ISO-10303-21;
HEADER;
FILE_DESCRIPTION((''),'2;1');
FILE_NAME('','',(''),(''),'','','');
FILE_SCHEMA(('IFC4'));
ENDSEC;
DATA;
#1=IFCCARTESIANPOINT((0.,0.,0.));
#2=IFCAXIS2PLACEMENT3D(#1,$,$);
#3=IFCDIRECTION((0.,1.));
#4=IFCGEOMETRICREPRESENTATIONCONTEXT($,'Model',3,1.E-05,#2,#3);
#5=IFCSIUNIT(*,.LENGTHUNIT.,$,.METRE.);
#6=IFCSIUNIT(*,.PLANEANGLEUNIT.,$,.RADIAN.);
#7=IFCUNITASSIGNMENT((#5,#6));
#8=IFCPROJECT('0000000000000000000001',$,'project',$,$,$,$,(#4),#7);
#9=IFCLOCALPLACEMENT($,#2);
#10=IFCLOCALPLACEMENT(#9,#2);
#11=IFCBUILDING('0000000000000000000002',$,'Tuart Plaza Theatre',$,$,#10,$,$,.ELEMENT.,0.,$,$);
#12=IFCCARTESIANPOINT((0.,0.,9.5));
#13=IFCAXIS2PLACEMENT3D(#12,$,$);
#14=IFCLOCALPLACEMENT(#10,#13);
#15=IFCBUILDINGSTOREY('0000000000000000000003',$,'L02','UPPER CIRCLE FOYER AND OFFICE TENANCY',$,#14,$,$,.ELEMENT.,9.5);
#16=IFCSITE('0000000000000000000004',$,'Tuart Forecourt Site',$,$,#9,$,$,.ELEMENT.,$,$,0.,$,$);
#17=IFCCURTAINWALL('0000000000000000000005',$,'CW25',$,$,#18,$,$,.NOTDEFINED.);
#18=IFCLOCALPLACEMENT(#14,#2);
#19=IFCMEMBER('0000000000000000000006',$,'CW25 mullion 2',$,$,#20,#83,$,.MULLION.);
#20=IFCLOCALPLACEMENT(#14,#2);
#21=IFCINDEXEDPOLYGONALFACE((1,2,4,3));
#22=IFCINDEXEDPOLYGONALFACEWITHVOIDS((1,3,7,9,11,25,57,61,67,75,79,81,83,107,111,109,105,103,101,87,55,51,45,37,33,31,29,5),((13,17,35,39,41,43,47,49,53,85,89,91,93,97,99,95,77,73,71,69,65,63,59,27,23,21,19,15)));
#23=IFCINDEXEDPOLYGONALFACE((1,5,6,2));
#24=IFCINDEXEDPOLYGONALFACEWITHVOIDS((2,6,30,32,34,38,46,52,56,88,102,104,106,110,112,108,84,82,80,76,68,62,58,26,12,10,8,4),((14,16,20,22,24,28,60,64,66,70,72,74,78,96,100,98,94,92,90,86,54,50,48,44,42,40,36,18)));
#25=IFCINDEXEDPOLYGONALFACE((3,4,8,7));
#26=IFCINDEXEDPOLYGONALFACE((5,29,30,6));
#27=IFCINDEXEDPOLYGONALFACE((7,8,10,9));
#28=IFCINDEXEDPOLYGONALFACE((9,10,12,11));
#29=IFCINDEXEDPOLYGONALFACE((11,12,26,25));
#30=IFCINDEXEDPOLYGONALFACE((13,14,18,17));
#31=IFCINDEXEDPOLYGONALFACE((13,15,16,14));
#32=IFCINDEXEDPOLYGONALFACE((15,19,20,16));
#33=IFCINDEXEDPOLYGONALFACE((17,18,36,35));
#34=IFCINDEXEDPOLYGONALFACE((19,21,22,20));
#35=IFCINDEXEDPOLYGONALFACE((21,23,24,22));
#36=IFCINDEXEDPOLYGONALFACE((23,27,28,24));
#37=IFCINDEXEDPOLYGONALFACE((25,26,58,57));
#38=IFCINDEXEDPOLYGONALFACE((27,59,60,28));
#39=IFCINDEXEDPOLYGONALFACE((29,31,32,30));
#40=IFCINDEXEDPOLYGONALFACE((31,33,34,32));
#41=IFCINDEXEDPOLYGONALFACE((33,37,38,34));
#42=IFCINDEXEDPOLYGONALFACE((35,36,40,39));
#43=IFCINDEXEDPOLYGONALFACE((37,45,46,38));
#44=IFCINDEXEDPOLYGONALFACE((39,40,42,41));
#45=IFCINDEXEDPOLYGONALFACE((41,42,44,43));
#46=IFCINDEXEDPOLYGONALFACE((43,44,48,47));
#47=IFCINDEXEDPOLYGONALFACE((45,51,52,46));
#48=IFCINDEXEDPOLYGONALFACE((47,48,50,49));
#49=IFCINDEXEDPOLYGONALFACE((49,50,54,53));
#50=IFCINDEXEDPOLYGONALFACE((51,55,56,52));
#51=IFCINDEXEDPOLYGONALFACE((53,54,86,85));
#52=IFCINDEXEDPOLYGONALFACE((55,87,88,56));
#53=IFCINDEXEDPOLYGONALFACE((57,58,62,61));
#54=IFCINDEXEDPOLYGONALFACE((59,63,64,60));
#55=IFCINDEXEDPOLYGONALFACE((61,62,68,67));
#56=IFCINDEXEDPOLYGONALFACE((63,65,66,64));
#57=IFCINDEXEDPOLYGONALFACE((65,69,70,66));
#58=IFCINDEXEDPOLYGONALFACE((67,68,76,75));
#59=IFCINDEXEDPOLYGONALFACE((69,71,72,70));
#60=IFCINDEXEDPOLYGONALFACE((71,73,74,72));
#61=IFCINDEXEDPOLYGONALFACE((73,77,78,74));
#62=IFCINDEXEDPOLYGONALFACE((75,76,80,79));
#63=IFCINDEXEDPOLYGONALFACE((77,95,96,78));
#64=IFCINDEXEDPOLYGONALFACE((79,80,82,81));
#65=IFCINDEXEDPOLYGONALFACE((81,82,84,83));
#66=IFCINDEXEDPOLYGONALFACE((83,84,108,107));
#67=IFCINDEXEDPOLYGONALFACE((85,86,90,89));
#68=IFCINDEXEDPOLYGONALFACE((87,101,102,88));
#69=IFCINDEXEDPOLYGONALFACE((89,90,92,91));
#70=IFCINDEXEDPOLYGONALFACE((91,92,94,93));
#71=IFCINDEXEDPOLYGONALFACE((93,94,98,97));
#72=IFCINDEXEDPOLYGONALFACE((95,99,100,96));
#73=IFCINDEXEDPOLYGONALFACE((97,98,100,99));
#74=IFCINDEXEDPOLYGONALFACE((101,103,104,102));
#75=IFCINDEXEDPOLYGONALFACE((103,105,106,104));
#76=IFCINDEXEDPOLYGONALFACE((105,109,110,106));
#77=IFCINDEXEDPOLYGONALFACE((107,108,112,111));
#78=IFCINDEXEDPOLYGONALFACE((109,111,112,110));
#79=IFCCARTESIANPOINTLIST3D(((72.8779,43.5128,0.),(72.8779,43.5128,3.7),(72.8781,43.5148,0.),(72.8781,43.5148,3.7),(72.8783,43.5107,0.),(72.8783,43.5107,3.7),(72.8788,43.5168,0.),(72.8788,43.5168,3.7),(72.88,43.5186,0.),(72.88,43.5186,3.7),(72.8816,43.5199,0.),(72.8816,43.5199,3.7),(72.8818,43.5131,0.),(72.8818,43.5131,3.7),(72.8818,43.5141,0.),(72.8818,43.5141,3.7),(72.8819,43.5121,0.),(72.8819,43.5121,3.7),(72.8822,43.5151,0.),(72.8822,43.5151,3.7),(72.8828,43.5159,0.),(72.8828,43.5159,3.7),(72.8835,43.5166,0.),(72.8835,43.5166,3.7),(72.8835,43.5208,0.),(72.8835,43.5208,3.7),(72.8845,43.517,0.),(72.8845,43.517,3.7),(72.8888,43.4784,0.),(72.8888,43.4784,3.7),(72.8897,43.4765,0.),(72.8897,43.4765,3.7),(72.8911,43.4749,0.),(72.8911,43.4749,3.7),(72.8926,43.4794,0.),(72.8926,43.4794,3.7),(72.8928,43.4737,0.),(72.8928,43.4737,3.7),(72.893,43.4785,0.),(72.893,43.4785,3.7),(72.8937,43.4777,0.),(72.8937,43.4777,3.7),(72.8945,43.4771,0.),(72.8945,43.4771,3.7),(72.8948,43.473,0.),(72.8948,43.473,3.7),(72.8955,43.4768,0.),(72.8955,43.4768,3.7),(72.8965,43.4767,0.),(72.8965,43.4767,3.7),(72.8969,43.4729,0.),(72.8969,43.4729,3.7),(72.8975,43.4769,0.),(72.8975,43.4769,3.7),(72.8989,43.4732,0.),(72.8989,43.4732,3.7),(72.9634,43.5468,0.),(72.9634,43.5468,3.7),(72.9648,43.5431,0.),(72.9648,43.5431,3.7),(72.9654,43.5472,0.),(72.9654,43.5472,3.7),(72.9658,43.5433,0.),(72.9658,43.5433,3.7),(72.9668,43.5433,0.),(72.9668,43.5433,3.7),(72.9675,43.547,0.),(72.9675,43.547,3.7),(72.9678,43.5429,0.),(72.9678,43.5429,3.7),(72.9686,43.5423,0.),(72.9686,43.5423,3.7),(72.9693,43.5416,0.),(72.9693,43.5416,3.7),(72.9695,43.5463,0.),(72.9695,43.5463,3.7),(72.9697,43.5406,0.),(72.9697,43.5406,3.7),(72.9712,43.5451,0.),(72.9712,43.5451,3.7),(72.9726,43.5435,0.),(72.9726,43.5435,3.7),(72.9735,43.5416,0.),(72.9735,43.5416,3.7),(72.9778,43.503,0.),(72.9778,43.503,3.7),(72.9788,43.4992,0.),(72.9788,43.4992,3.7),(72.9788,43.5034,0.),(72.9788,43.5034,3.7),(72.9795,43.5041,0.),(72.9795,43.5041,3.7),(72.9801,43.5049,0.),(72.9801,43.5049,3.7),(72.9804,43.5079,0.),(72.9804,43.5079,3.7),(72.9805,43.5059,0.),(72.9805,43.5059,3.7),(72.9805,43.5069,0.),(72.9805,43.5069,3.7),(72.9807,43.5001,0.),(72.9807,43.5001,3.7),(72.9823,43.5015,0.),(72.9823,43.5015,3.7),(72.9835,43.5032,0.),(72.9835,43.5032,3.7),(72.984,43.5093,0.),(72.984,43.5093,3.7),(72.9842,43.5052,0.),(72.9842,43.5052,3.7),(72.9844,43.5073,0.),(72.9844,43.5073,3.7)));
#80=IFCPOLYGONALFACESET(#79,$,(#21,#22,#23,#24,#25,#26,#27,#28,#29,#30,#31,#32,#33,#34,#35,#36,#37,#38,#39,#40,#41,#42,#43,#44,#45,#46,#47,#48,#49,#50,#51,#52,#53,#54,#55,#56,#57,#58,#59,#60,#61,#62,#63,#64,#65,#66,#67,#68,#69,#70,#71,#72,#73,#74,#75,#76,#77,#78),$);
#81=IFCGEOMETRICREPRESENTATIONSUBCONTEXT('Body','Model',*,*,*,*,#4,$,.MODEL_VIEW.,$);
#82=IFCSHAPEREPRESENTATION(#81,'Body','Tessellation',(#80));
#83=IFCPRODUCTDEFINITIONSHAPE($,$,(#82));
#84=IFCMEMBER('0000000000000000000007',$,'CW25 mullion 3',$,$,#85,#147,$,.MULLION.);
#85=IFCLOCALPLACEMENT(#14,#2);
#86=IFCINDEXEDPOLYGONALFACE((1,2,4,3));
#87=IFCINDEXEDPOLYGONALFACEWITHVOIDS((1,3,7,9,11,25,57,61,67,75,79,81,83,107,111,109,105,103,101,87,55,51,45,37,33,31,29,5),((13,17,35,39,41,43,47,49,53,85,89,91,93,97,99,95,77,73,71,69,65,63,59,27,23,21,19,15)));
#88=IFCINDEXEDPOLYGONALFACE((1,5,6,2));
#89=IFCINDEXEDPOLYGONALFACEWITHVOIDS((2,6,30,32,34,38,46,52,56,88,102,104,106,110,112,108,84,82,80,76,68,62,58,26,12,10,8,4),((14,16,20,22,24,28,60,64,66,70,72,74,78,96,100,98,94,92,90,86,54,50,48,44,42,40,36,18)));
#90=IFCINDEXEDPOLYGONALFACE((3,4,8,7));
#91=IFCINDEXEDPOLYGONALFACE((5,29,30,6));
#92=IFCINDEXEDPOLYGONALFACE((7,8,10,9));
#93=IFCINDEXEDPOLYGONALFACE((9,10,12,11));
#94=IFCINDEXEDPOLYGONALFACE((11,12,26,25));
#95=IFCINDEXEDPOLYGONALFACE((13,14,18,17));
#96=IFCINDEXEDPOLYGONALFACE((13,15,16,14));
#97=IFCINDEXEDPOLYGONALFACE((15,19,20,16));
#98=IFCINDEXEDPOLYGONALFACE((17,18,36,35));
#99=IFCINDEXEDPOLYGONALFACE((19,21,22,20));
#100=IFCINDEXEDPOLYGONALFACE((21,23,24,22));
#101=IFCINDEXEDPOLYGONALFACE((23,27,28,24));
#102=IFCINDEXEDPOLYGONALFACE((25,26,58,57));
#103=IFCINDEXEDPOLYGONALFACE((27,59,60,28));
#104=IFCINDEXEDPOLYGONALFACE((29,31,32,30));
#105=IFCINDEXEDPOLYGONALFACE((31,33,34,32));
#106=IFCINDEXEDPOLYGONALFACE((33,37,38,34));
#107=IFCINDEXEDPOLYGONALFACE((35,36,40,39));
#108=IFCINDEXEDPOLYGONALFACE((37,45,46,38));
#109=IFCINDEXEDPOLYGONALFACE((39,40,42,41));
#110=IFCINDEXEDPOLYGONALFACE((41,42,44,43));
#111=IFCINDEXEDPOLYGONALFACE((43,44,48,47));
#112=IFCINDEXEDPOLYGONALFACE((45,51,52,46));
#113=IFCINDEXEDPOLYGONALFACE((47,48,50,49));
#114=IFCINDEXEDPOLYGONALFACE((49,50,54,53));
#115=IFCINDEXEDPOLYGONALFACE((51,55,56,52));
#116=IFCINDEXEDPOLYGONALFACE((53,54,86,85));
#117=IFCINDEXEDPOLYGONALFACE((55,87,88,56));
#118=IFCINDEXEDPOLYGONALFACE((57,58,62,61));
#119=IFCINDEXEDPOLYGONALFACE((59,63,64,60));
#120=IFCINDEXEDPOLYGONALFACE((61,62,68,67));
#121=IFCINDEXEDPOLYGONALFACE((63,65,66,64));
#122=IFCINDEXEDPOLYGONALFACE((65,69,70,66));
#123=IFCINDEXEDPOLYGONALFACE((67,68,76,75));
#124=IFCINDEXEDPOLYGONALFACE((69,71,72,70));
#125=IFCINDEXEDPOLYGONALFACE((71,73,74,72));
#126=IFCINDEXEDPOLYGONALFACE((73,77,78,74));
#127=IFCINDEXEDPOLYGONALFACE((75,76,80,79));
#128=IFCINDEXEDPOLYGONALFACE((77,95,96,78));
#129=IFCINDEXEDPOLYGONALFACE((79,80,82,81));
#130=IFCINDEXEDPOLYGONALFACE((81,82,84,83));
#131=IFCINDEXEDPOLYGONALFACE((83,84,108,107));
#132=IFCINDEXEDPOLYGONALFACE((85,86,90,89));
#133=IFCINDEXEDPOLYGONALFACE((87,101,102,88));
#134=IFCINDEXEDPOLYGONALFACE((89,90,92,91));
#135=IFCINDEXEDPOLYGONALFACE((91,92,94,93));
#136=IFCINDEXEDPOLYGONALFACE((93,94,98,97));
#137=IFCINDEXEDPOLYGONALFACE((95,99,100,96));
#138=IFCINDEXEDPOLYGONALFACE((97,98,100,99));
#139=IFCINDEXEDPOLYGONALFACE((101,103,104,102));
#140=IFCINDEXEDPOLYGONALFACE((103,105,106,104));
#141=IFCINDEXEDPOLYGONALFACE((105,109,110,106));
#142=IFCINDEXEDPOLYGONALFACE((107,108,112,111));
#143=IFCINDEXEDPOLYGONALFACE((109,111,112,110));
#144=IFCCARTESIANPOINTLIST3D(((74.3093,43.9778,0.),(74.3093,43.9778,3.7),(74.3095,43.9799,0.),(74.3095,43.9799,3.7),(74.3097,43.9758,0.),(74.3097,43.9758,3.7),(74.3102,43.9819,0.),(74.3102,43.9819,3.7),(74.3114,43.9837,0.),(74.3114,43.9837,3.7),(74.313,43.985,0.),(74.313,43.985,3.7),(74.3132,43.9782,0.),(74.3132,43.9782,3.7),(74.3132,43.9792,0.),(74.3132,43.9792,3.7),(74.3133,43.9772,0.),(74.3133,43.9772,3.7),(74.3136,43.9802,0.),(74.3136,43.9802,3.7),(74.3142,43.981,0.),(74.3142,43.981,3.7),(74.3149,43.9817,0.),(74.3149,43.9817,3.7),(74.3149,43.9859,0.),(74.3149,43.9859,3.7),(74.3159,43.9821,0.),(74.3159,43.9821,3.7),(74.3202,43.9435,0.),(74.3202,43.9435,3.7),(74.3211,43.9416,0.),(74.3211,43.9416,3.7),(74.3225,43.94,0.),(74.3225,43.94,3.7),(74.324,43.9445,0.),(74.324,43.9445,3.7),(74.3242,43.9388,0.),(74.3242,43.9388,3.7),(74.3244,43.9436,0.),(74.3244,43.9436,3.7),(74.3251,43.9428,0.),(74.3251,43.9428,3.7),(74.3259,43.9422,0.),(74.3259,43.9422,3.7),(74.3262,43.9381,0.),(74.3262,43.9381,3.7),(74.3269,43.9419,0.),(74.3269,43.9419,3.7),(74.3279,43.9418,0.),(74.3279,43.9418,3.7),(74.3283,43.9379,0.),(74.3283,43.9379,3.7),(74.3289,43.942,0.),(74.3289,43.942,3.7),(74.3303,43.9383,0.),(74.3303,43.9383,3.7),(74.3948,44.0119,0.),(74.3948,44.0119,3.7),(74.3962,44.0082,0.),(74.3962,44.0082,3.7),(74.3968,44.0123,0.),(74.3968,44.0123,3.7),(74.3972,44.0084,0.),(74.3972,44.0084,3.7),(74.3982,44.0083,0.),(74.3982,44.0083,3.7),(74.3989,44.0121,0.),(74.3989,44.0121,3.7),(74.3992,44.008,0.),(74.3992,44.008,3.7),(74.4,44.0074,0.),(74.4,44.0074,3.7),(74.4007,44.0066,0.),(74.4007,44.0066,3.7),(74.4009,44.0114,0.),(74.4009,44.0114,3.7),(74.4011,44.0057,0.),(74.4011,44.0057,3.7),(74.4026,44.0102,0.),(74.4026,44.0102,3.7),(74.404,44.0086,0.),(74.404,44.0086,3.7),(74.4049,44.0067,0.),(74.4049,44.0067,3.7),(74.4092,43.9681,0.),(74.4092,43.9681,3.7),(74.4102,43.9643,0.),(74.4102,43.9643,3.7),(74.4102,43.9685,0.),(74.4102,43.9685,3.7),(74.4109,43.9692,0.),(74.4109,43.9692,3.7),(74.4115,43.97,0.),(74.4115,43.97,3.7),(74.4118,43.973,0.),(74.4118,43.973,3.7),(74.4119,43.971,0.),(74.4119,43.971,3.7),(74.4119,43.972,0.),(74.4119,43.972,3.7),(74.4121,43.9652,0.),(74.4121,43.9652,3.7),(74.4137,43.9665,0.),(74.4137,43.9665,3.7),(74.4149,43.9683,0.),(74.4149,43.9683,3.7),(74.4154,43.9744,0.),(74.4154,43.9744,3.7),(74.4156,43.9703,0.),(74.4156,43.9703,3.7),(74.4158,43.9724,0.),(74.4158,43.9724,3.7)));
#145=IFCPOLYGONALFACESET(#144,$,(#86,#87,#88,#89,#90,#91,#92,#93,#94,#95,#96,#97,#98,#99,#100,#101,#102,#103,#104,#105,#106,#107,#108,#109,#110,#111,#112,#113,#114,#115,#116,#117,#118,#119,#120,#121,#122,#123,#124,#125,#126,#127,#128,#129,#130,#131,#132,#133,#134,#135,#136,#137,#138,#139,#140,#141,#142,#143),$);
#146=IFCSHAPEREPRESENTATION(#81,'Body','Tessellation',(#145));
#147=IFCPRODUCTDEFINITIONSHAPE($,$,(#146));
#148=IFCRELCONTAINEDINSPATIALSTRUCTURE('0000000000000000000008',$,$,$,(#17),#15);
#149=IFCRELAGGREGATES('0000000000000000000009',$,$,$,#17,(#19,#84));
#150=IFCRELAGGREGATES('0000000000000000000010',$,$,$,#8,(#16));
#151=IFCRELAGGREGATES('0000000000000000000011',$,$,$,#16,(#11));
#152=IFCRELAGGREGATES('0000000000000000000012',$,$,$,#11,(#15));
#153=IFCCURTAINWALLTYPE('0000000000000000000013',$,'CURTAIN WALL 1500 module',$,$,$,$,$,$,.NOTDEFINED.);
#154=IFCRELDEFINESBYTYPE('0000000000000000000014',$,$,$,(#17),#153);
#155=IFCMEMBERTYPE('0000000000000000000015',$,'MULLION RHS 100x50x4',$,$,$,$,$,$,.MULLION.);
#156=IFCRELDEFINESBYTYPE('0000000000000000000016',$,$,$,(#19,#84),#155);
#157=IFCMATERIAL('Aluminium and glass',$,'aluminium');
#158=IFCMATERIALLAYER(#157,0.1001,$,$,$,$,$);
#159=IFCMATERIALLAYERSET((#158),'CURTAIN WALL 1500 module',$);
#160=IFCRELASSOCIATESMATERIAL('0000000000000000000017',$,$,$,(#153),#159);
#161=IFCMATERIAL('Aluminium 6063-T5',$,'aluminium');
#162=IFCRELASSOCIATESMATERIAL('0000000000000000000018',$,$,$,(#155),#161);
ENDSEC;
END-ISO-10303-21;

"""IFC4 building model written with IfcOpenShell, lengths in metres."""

from ifc_helpers import new_model, si_unit, direction, frame, origin, origin_2d, place, context, subcontext, project, spatial, hollow_rectangle, extrude, material, layer, layer_set, material_profile, profile_set, type_object, element, aggregate, save


model = new_model("IFC4")

# Units and contexts
model_context = context("Model", 3, precision=1e-05, world=origin(), true_north=direction((0.0, 1.0)))
body_context = subcontext(model_context, "Body", "Model", "MODEL_VIEW")
ifc_project = project(units=[si_unit("LENGTHUNIT", "METRE"), si_unit("PLANEANGLEUNIT", "RADIAN")], contexts=[model_context])

# Site, building, storey
site_placement = place(None, origin())
site = spatial("IfcSite", under=ifc_project, at=site_placement, Name="Tuart Forecourt Site", CompositionType="ELEMENT", RefElevation=0.0)
building_placement = place(site_placement, origin())
building = spatial("IfcBuilding", under=site, at=building_placement, Name="Tuart Plaza Theatre", CompositionType="ELEMENT", ElevationOfRefHeight=0.0)
storey_placement = place(building_placement, frame((0.0, 0.0, 9.5)))
storey = spatial("IfcBuildingStorey", under=building, at=storey_placement, Name="L02", Description="UPPER CIRCLE FOYER AND OFFICE TENANCY", CompositionType="ELEMENT", Elevation=9.5)

# Curtain wall, members
ifc_material_1 = material(Name="Aluminium and glass", Category="aluminium")
ifc_layer_1 = layer(ifc_material_1, 0.1001)
ifc_layer_set_1 = layer_set([ifc_layer_1], Name="CURTAIN WALL 1500 module")
curtain_wall_type = type_object("IfcCurtainWallType", Name="CURTAIN WALL 1500 module", PredefinedType="NOTDEFINED", material=ifc_layer_set_1)
curtain_wall_placement = place(storey_placement, origin())
curtain_wall = element("IfcCurtainWall", 1, at=curtain_wall_placement, inside=storey, type_object=curtain_wall_type, Name="CW25", PredefinedType="NOTDEFINED")
ifc_material_2 = material(Name="Aluminium 6063-T5", Category="aluminium")
ifc_material_profile_1 = material_profile(ifc_material_2, hollow_rectangle(XDim=0.05, YDim=0.1001, WallThickness=0.0039, InnerFilletRadius=0.0039, OuterFilletRadius=0.0081, at=origin_2d()), Name="RHS 100x50x4")
ifc_profile_set_1 = profile_set([ifc_material_profile_1], Name="Aluminium 6063-T5")
member_type_1 = type_object("IfcMemberType", Name="MULLION RHS 100x50x4", PredefinedType="MULLION", material=ifc_profile_set_1)
member_1_placement = place(storey_placement, frame((72.9312, 43.51, 0.0), z_axis=(0.0, 0.0, 1.0), x_axis=(-0.308986, 0.951067, 0.0)))
member_1 = element("IfcMember", 2, at=member_1_placement, type_object=member_type_1, Name="CW25 mullion 2", PredefinedType="MULLION", context=body_context, shape_type="SweptSolid", body=[
    extrude(hollow_rectangle(XDim=0.05, YDim=0.1001, WallThickness=0.0039, InnerFilletRadius=0.0039, OuterFilletRadius=0.0081, at=origin_2d()), origin(), (0.0, 0.0, 1.0), 3.7),
])
member_2_placement = place(storey_placement, frame((74.3625, 43.9751, 0.0), z_axis=(0.0, 0.0, 1.0), x_axis=(-0.308986, 0.951067, 0.0)))
member_2 = element("IfcMember", 3, at=member_2_placement, type_object=member_type_1, Name="CW25 mullion 3", PredefinedType="MULLION", context=body_context, shape_type="SweptSolid", body=[
    extrude(hollow_rectangle(XDim=0.05, YDim=0.1001, WallThickness=0.0039, InnerFilletRadius=0.0039, OuterFilletRadius=0.0081, at=origin_2d()), origin(), (0.0, 0.0, 1.0), 3.7),
])
aggregate(curtain_wall, [member_1, member_2])

save(model, "model.ifc")
